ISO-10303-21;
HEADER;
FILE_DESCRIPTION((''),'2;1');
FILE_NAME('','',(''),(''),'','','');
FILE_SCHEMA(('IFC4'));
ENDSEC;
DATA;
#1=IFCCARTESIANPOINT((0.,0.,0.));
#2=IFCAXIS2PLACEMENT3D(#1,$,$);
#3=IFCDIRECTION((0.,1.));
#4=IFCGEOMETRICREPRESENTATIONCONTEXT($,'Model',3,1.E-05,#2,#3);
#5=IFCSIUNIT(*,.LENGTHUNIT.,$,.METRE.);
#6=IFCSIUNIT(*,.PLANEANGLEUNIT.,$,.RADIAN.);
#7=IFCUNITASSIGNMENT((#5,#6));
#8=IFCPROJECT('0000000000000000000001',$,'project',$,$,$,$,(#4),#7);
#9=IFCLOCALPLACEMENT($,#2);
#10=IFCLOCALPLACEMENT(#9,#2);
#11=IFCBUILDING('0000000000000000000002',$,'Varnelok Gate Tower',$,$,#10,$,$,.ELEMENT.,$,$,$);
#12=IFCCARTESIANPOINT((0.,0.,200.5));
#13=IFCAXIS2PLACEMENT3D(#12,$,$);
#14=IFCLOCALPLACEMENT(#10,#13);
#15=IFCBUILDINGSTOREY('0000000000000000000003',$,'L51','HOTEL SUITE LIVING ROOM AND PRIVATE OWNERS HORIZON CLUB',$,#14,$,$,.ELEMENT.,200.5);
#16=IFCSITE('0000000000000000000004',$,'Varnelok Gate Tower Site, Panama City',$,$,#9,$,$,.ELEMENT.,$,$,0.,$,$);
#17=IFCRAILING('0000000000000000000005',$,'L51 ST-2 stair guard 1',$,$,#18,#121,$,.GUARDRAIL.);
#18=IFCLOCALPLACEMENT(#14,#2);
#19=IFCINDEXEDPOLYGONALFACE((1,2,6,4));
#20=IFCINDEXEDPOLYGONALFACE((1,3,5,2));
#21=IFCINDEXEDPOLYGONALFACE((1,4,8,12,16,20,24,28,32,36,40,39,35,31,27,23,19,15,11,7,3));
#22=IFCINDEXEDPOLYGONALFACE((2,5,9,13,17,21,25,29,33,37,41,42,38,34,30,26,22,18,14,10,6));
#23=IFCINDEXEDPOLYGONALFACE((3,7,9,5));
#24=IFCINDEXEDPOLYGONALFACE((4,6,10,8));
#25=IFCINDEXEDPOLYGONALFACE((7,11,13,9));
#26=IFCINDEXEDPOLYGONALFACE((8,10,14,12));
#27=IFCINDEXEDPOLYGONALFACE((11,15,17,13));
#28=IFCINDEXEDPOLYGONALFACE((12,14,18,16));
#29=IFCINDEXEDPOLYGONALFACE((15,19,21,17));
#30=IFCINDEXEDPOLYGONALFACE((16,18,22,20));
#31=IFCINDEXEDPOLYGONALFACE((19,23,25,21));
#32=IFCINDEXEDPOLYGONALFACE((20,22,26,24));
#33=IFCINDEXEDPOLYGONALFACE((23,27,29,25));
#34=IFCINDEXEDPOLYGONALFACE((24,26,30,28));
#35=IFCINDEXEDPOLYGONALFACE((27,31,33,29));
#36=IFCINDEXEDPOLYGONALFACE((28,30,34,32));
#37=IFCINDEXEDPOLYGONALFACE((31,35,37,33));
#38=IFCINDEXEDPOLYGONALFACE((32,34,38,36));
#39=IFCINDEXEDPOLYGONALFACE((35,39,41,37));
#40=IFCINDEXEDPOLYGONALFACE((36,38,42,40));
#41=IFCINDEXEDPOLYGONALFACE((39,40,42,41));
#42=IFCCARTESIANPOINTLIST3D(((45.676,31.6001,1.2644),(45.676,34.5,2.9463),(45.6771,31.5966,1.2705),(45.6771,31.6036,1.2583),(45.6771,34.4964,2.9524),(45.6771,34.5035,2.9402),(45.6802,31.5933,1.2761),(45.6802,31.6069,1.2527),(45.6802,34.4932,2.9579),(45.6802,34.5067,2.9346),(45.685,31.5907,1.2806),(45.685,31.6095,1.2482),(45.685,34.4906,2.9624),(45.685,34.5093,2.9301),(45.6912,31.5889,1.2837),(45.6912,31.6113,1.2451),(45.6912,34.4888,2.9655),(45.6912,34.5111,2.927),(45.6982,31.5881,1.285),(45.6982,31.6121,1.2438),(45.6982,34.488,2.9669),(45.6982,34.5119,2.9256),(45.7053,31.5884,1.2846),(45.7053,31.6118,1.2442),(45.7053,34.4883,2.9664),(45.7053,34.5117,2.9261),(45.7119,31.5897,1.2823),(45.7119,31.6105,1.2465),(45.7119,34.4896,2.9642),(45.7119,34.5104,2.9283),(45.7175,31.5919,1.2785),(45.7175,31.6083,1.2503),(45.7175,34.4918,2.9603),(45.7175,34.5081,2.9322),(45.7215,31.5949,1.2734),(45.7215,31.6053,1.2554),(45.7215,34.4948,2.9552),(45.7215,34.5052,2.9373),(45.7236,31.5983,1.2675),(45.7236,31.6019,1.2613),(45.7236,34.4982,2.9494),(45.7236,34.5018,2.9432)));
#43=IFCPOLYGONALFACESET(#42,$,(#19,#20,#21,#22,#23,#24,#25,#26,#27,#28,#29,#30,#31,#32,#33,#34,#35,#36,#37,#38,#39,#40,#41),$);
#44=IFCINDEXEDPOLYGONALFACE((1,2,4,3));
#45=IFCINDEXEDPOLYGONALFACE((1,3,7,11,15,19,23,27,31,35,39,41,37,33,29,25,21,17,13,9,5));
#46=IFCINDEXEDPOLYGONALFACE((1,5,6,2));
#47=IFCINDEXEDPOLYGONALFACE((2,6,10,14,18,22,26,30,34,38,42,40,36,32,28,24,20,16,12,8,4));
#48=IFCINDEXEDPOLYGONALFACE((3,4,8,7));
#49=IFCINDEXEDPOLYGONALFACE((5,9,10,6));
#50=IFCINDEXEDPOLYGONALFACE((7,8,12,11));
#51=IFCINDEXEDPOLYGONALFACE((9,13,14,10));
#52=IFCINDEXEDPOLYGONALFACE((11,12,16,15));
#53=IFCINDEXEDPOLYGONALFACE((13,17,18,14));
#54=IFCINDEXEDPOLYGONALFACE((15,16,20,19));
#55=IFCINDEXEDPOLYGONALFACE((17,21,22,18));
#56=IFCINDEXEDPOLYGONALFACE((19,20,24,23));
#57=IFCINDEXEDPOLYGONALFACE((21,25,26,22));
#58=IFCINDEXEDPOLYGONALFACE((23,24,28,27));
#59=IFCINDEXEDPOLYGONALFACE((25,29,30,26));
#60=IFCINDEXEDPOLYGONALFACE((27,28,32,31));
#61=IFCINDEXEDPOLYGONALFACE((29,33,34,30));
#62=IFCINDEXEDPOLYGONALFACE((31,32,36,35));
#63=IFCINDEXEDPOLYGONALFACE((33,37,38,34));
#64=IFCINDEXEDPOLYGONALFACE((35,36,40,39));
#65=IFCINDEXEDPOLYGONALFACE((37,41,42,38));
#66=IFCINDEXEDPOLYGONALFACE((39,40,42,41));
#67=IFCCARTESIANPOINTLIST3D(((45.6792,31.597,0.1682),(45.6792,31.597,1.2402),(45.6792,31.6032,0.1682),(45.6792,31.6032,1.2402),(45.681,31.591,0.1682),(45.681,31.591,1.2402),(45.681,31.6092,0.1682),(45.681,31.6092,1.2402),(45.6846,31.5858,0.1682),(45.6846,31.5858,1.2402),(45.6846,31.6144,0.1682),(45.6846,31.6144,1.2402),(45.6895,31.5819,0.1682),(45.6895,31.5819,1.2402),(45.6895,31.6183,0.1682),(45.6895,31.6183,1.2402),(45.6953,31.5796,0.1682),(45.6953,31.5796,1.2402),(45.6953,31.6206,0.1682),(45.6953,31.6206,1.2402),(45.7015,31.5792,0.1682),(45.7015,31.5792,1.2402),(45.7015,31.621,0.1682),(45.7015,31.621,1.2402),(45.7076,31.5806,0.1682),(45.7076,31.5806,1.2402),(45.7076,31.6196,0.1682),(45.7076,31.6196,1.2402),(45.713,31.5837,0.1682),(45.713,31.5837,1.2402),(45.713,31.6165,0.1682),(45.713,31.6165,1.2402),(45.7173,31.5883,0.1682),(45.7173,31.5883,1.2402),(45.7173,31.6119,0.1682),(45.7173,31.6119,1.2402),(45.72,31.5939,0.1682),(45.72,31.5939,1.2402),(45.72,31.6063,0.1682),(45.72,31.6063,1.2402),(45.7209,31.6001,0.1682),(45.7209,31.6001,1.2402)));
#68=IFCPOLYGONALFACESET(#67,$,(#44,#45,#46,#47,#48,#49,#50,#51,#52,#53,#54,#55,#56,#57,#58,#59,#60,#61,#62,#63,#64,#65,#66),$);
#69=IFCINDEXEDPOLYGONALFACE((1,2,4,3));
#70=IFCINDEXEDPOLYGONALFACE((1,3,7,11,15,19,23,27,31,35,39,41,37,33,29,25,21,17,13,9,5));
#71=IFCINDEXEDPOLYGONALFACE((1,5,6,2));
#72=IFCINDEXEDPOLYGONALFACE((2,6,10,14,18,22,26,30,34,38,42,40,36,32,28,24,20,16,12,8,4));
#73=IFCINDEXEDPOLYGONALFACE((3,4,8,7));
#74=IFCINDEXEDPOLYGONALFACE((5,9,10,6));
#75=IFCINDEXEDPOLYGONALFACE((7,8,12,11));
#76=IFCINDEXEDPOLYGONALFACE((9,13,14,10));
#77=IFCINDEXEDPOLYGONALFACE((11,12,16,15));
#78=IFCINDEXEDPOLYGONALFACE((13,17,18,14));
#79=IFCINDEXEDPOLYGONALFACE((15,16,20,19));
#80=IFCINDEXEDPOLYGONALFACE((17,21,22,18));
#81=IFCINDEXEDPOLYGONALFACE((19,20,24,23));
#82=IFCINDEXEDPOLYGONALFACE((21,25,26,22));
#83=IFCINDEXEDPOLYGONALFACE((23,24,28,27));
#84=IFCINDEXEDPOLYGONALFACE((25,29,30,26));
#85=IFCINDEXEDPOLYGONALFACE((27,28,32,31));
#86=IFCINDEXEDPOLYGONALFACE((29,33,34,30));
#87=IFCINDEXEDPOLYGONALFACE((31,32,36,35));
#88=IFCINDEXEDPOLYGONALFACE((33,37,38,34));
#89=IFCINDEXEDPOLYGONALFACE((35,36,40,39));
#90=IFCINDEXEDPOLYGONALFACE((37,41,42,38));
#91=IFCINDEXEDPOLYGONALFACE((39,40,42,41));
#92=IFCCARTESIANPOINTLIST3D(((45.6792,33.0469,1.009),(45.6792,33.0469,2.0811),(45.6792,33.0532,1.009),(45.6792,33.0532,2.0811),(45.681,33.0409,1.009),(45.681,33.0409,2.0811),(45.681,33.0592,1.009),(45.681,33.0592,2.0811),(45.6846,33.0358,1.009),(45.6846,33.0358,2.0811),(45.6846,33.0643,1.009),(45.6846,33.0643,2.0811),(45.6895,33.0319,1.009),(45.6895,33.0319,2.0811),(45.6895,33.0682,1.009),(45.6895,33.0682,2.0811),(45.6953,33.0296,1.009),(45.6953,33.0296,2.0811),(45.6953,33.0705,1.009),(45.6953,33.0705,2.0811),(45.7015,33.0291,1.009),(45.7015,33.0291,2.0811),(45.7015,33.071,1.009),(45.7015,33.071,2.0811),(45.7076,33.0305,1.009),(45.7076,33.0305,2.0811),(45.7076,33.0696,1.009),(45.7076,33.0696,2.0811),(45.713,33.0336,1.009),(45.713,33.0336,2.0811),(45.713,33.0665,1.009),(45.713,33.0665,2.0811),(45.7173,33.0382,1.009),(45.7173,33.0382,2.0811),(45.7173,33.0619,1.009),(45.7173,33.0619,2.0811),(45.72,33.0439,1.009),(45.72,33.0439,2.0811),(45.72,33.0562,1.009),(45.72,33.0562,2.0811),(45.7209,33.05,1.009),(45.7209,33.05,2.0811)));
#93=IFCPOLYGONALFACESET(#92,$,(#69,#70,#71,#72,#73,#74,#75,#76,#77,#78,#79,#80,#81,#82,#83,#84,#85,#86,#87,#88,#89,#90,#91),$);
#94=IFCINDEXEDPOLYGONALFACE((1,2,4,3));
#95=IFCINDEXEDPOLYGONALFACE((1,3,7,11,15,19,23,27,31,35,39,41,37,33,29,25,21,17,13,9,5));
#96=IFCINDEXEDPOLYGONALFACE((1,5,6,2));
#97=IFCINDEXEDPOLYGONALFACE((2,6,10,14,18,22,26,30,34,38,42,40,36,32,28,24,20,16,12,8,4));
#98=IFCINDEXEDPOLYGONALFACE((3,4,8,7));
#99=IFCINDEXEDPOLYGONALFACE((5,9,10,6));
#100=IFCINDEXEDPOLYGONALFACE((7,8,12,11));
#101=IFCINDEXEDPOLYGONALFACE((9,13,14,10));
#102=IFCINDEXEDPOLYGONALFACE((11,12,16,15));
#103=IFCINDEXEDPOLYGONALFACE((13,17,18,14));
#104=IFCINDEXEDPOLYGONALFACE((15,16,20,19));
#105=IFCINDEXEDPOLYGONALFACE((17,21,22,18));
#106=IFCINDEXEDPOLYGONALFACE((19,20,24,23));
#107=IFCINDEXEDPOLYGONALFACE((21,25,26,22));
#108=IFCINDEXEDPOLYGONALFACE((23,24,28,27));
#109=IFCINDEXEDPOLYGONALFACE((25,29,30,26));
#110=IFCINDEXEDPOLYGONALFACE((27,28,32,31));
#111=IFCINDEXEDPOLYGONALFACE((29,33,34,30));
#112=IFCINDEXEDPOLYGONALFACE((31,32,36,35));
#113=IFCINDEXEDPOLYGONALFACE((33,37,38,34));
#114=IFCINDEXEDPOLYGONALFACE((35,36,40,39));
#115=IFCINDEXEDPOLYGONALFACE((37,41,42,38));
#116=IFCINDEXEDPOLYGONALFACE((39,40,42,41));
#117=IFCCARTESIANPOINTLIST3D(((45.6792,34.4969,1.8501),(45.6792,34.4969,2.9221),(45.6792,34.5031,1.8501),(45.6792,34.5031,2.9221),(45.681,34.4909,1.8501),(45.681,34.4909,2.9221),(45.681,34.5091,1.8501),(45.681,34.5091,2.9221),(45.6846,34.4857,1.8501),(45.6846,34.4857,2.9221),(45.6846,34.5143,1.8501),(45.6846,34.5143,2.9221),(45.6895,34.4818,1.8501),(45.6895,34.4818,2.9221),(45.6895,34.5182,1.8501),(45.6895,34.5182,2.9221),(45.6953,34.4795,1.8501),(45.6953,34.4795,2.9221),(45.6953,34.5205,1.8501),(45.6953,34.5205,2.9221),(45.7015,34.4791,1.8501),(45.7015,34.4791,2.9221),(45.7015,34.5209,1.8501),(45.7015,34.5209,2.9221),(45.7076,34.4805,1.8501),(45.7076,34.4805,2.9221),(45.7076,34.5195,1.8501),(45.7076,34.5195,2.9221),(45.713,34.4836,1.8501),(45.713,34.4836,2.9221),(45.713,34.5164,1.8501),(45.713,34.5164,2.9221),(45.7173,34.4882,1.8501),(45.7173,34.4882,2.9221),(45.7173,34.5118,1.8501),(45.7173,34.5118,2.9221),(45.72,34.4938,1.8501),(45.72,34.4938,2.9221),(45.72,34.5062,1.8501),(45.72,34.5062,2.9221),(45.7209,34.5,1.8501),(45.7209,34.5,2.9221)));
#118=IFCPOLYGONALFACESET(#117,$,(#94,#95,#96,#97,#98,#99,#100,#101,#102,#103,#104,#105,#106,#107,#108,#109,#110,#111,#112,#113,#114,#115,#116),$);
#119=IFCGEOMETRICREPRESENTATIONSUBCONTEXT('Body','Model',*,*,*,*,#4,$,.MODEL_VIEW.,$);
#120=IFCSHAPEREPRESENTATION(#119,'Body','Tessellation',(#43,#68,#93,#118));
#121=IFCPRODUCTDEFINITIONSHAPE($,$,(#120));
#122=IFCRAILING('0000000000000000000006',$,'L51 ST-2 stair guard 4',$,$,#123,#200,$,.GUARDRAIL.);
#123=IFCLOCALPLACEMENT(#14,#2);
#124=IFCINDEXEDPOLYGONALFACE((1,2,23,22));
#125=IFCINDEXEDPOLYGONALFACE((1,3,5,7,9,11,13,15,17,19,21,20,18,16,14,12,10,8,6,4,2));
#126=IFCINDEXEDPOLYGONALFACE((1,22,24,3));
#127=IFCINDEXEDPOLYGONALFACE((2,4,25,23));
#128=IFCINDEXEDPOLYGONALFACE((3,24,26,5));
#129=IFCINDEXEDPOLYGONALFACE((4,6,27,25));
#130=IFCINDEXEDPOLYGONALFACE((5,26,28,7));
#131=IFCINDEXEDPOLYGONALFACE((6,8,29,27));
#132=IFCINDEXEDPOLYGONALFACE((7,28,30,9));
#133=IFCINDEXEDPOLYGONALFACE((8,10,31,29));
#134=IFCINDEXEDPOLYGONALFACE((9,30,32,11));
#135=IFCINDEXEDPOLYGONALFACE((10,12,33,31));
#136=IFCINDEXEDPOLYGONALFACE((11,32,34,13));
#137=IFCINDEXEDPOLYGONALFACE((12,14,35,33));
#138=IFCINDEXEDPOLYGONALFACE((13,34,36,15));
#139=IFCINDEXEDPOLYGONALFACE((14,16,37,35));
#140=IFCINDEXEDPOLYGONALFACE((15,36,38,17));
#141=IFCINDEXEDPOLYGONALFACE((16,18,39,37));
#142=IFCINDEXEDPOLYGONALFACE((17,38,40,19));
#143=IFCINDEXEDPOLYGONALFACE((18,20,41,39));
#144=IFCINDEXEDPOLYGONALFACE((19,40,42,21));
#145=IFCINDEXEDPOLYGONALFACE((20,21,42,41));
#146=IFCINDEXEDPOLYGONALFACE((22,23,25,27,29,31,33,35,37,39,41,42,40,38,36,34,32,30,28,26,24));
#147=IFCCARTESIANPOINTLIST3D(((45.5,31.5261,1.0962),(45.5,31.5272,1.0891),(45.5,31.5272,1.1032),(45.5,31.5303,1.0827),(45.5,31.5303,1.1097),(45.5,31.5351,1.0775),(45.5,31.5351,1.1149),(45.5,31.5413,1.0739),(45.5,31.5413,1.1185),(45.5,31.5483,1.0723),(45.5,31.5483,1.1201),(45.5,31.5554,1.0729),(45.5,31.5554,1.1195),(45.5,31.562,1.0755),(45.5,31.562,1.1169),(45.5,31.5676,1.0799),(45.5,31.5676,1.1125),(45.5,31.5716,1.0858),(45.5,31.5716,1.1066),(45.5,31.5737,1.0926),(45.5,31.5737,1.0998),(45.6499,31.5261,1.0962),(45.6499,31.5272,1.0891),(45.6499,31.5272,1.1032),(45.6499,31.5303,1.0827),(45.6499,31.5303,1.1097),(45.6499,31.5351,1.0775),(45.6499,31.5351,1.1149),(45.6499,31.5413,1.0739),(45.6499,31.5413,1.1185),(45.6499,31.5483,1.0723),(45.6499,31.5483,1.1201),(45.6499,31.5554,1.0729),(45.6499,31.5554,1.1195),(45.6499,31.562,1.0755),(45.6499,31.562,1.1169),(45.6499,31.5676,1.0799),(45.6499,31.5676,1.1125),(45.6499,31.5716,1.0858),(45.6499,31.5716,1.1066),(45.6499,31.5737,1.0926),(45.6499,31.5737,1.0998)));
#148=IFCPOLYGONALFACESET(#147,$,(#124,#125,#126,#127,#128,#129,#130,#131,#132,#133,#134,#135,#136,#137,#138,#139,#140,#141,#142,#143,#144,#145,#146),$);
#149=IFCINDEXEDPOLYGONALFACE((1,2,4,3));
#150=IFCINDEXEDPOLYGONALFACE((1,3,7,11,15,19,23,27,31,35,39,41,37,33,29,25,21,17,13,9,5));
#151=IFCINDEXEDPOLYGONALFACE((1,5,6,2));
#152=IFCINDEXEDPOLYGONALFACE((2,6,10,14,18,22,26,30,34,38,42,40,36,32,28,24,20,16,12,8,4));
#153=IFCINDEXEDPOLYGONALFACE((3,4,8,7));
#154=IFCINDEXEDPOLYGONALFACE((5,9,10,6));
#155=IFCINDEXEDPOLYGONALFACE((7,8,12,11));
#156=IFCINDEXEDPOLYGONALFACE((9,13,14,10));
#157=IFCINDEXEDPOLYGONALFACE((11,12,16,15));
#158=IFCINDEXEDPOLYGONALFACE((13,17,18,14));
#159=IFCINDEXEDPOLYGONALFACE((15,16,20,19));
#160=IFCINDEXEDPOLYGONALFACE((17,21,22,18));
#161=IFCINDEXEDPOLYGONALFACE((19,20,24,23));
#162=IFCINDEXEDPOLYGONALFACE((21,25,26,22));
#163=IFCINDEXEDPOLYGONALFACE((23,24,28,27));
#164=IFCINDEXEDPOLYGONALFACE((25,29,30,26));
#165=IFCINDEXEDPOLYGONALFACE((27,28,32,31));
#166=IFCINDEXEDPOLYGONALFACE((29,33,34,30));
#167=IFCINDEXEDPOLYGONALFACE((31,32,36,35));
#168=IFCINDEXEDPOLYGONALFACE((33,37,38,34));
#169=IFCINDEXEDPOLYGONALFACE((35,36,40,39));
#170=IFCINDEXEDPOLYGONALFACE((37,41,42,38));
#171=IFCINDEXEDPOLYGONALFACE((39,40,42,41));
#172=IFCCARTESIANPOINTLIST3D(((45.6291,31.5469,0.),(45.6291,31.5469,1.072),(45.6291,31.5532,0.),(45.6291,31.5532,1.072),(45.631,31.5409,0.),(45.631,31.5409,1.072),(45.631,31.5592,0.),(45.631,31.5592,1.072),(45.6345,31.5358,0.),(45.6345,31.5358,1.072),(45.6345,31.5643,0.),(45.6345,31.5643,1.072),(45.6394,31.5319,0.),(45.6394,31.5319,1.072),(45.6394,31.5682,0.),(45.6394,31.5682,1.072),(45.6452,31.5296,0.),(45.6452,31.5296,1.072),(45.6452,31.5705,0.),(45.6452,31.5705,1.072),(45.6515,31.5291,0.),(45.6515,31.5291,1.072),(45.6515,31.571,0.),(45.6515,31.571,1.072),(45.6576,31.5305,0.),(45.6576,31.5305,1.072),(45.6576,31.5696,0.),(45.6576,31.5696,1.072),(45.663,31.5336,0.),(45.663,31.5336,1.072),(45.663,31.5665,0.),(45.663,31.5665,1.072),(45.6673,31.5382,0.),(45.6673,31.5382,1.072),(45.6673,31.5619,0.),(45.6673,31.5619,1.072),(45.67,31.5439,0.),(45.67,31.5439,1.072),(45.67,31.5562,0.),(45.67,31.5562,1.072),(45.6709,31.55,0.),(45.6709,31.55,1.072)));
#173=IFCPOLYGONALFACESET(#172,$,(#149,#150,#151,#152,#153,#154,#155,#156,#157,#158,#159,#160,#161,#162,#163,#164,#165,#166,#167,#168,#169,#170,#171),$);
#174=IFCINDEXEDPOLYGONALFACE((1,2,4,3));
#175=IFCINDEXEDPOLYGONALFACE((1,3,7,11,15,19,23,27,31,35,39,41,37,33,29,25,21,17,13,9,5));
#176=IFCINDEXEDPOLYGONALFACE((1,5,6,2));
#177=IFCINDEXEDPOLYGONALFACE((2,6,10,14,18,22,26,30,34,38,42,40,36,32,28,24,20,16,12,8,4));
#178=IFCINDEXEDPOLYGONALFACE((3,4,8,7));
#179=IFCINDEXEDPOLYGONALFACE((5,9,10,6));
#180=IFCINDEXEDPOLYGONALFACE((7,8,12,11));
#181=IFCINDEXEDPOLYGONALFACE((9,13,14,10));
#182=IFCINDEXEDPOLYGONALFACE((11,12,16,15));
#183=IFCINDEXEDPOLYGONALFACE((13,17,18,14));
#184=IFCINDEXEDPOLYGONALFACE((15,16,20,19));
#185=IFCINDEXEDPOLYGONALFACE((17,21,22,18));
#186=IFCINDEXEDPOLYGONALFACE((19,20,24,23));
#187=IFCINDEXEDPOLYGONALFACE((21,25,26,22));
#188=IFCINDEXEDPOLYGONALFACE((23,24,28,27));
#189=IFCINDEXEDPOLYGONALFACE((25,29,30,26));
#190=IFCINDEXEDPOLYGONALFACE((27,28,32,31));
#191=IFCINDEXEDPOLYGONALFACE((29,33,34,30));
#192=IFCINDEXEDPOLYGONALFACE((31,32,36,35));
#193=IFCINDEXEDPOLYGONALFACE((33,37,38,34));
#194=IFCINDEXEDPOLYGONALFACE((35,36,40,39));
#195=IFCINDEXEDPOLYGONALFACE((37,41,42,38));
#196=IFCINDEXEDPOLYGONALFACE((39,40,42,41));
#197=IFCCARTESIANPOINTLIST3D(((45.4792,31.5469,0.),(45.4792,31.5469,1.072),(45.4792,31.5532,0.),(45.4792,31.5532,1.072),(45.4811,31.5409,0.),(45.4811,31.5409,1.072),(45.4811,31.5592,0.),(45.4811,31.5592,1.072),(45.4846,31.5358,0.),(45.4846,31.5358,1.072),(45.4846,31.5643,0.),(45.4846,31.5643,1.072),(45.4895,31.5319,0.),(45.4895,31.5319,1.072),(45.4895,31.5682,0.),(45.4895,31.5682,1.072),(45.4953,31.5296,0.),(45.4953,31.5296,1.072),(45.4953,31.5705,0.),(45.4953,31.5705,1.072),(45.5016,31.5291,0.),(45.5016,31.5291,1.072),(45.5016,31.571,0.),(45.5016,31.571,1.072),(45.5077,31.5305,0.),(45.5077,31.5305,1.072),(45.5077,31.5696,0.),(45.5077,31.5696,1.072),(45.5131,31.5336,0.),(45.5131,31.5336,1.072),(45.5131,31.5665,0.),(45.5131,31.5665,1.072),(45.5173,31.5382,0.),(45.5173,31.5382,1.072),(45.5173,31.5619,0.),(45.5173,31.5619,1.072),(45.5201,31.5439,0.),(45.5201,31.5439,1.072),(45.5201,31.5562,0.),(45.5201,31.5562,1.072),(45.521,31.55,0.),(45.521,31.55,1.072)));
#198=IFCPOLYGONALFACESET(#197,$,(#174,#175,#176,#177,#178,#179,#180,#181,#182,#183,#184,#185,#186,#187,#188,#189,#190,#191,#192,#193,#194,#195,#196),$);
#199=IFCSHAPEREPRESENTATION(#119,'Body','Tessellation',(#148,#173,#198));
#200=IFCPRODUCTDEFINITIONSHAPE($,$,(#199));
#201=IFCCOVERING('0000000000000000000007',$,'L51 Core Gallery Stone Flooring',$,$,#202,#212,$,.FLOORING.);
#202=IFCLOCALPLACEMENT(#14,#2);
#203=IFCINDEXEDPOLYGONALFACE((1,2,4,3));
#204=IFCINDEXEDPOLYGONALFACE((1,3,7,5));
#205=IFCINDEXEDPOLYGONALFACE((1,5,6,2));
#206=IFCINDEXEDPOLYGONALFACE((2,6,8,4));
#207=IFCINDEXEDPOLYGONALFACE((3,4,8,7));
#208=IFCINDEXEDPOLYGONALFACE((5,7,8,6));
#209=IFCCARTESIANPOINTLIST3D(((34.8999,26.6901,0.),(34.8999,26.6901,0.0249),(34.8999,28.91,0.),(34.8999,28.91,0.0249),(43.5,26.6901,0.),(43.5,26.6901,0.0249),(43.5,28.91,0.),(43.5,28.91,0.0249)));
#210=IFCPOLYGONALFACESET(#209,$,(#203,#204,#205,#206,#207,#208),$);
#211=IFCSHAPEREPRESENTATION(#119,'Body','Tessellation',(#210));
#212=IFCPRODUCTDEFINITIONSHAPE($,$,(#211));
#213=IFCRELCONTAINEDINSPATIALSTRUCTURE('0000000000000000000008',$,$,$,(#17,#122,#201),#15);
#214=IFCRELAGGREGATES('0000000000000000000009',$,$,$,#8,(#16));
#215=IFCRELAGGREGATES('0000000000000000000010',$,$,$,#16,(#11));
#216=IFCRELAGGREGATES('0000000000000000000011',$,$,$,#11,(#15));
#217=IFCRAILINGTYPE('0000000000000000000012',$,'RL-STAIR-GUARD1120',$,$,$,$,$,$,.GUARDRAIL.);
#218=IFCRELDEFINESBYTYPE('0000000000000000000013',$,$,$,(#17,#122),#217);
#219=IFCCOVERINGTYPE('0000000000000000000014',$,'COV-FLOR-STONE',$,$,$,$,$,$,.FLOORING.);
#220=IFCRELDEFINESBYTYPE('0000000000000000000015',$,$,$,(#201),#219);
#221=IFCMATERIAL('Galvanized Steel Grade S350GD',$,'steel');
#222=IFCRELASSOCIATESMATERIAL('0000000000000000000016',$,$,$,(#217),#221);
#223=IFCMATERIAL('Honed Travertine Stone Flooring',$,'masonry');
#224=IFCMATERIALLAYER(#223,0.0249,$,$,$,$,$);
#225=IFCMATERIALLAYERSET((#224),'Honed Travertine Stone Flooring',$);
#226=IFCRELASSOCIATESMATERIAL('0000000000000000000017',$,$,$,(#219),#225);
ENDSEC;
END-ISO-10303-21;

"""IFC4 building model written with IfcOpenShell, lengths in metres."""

from ifc_helpers import new_model, si_unit, direction, frame, origin, origin_2d, place, context, subcontext, project, spatial, rectangle, circle, extrude, source, transform, mapped, material, layer, layer_set, type_object, element, save


model = new_model("IFC4")

# Units and contexts
model_context = context("Model", 3, precision=1e-05, world=origin(), true_north=direction((0.0, 1.0)))
body_context = subcontext(model_context, "Body", "Model", "MODEL_VIEW")
ifc_project = project(units=[si_unit("LENGTHUNIT", "METRE"), si_unit("PLANEANGLEUNIT", "RADIAN")], contexts=[model_context])

# Site, building, storey
site_placement = place(None, origin())
site = spatial("IfcSite", under=ifc_project, at=site_placement, Name="Varnelok Gate Tower Site, Panama City", CompositionType="ELEMENT", RefElevation=0.0)
building_placement = place(site_placement, origin())
building = spatial("IfcBuilding", under=site, at=building_placement, Name="Varnelok Gate Tower", CompositionType="ELEMENT")
storey_placement = place(building_placement, frame((0.0, 0.0, 200.5)))
storey = spatial("IfcBuildingStorey", under=building, at=storey_placement, Name="L51", Description="HOTEL SUITE LIVING ROOM AND PRIVATE OWNERS HORIZON CLUB", CompositionType="ELEMENT", Elevation=200.5)

# Shared definitions
ifc_material_1 = material(Name="Galvanized Steel Grade S350GD", Category="steel")

# Railings
railing_type_1 = type_object("IfcRailingType", Name="RL-STAIR-GUARD1120", PredefinedType="GUARDRAIL", material=ifc_material_1)
railing_1_placement = place(storey_placement, frame((45.7, 31.6001, 0.1682)))
element("IfcRailing", 1, at=railing_1_placement, inside=storey, type_object=railing_type_1, Name="L51 ST-2 stair guard 1", PredefinedType="GUARDRAIL", context=body_context, shape_type="SweptSolid", body=[
    extrude(circle(Radius=0.0239, at=origin_2d()), frame((0.0, 0.0, 1.0962), z_axis=(0.0, 0.865039, 0.501705), x_axis=(-1.0, 0.0, 0.0)), (0.0, 0.0, 1.0), 3.3523),
    extrude(circle(Radius=0.021, at=origin_2d()), origin(), (0.0, 0.0, 1.0), 1.072),
    extrude(circle(Radius=0.021, at=origin_2d()), frame((0.0, 1.45, 0.8408)), (0.0, 0.0, 1.0), 1.072),
    extrude(circle(Radius=0.021, at=origin_2d()), frame((0.0, 2.8999, 1.6819)), (0.0, 0.0, 1.0), 1.072),
])
railing_2_placement = place(storey_placement, frame((45.6499, 31.55, 0.0)))
element("IfcRailing", 2, at=railing_2_placement, inside=storey, type_object=railing_type_1, Name="L51 ST-2 stair guard 4", PredefinedType="GUARDRAIL", context=body_context, shape_type="SweptSolid", body=[
    extrude(circle(Radius=0.0239, at=origin_2d()), frame((0.0, 0.0, 1.0962), z_axis=(-1.0, 0.0, 0.0), x_axis=(0.0, -1.0, 0.0)), (0.0, 0.0, 1.0), 0.1499),
    extrude(circle(Radius=0.021, at=origin_2d()), origin(), (0.0, 0.0, 1.0), 1.072),
    extrude(circle(Radius=0.021, at=origin_2d()), frame((-0.1499, 0.0, 0.0)), (0.0, 0.0, 1.0), 1.072),
])

# Covering
ifc_material_2 = material(Name="Honed Travertine Stone Flooring", Category="masonry")
ifc_layer_1 = layer(ifc_material_2, 0.0249)
ifc_layer_set_1 = layer_set([ifc_layer_1], Name="Honed Travertine Stone Flooring")
covering_type_1 = type_object("IfcCoveringType", Name="COV-FLOR-STONE", PredefinedType="FLOORING", material=ifc_layer_set_1)
shared_shape_1 = source(origin(), body_context, "Body", "SweptSolid", [
    extrude(rectangle(XDim=8.6001, YDim=2.22, at=origin_2d()), origin(), (0.0, 0.0, 1.0), 0.0249),
])
covering_1_placement = place(storey_placement, frame((39.2, 27.8, 0.0), z_axis=(0.0, 0.0, 1.0), x_axis=(1.0, 0.0, 0.0)))
element("IfcCovering", 3, at=covering_1_placement, inside=storey, type_object=covering_type_1, Name="L51 Core Gallery Stone Flooring", PredefinedType="FLOORING", context=body_context, shape_type="MappedRepresentation", body=[
    mapped(shared_shape_1, transform((0.0, 0.0, 0.0), scale=1.0)),
])

save(model, "model.ifc")
